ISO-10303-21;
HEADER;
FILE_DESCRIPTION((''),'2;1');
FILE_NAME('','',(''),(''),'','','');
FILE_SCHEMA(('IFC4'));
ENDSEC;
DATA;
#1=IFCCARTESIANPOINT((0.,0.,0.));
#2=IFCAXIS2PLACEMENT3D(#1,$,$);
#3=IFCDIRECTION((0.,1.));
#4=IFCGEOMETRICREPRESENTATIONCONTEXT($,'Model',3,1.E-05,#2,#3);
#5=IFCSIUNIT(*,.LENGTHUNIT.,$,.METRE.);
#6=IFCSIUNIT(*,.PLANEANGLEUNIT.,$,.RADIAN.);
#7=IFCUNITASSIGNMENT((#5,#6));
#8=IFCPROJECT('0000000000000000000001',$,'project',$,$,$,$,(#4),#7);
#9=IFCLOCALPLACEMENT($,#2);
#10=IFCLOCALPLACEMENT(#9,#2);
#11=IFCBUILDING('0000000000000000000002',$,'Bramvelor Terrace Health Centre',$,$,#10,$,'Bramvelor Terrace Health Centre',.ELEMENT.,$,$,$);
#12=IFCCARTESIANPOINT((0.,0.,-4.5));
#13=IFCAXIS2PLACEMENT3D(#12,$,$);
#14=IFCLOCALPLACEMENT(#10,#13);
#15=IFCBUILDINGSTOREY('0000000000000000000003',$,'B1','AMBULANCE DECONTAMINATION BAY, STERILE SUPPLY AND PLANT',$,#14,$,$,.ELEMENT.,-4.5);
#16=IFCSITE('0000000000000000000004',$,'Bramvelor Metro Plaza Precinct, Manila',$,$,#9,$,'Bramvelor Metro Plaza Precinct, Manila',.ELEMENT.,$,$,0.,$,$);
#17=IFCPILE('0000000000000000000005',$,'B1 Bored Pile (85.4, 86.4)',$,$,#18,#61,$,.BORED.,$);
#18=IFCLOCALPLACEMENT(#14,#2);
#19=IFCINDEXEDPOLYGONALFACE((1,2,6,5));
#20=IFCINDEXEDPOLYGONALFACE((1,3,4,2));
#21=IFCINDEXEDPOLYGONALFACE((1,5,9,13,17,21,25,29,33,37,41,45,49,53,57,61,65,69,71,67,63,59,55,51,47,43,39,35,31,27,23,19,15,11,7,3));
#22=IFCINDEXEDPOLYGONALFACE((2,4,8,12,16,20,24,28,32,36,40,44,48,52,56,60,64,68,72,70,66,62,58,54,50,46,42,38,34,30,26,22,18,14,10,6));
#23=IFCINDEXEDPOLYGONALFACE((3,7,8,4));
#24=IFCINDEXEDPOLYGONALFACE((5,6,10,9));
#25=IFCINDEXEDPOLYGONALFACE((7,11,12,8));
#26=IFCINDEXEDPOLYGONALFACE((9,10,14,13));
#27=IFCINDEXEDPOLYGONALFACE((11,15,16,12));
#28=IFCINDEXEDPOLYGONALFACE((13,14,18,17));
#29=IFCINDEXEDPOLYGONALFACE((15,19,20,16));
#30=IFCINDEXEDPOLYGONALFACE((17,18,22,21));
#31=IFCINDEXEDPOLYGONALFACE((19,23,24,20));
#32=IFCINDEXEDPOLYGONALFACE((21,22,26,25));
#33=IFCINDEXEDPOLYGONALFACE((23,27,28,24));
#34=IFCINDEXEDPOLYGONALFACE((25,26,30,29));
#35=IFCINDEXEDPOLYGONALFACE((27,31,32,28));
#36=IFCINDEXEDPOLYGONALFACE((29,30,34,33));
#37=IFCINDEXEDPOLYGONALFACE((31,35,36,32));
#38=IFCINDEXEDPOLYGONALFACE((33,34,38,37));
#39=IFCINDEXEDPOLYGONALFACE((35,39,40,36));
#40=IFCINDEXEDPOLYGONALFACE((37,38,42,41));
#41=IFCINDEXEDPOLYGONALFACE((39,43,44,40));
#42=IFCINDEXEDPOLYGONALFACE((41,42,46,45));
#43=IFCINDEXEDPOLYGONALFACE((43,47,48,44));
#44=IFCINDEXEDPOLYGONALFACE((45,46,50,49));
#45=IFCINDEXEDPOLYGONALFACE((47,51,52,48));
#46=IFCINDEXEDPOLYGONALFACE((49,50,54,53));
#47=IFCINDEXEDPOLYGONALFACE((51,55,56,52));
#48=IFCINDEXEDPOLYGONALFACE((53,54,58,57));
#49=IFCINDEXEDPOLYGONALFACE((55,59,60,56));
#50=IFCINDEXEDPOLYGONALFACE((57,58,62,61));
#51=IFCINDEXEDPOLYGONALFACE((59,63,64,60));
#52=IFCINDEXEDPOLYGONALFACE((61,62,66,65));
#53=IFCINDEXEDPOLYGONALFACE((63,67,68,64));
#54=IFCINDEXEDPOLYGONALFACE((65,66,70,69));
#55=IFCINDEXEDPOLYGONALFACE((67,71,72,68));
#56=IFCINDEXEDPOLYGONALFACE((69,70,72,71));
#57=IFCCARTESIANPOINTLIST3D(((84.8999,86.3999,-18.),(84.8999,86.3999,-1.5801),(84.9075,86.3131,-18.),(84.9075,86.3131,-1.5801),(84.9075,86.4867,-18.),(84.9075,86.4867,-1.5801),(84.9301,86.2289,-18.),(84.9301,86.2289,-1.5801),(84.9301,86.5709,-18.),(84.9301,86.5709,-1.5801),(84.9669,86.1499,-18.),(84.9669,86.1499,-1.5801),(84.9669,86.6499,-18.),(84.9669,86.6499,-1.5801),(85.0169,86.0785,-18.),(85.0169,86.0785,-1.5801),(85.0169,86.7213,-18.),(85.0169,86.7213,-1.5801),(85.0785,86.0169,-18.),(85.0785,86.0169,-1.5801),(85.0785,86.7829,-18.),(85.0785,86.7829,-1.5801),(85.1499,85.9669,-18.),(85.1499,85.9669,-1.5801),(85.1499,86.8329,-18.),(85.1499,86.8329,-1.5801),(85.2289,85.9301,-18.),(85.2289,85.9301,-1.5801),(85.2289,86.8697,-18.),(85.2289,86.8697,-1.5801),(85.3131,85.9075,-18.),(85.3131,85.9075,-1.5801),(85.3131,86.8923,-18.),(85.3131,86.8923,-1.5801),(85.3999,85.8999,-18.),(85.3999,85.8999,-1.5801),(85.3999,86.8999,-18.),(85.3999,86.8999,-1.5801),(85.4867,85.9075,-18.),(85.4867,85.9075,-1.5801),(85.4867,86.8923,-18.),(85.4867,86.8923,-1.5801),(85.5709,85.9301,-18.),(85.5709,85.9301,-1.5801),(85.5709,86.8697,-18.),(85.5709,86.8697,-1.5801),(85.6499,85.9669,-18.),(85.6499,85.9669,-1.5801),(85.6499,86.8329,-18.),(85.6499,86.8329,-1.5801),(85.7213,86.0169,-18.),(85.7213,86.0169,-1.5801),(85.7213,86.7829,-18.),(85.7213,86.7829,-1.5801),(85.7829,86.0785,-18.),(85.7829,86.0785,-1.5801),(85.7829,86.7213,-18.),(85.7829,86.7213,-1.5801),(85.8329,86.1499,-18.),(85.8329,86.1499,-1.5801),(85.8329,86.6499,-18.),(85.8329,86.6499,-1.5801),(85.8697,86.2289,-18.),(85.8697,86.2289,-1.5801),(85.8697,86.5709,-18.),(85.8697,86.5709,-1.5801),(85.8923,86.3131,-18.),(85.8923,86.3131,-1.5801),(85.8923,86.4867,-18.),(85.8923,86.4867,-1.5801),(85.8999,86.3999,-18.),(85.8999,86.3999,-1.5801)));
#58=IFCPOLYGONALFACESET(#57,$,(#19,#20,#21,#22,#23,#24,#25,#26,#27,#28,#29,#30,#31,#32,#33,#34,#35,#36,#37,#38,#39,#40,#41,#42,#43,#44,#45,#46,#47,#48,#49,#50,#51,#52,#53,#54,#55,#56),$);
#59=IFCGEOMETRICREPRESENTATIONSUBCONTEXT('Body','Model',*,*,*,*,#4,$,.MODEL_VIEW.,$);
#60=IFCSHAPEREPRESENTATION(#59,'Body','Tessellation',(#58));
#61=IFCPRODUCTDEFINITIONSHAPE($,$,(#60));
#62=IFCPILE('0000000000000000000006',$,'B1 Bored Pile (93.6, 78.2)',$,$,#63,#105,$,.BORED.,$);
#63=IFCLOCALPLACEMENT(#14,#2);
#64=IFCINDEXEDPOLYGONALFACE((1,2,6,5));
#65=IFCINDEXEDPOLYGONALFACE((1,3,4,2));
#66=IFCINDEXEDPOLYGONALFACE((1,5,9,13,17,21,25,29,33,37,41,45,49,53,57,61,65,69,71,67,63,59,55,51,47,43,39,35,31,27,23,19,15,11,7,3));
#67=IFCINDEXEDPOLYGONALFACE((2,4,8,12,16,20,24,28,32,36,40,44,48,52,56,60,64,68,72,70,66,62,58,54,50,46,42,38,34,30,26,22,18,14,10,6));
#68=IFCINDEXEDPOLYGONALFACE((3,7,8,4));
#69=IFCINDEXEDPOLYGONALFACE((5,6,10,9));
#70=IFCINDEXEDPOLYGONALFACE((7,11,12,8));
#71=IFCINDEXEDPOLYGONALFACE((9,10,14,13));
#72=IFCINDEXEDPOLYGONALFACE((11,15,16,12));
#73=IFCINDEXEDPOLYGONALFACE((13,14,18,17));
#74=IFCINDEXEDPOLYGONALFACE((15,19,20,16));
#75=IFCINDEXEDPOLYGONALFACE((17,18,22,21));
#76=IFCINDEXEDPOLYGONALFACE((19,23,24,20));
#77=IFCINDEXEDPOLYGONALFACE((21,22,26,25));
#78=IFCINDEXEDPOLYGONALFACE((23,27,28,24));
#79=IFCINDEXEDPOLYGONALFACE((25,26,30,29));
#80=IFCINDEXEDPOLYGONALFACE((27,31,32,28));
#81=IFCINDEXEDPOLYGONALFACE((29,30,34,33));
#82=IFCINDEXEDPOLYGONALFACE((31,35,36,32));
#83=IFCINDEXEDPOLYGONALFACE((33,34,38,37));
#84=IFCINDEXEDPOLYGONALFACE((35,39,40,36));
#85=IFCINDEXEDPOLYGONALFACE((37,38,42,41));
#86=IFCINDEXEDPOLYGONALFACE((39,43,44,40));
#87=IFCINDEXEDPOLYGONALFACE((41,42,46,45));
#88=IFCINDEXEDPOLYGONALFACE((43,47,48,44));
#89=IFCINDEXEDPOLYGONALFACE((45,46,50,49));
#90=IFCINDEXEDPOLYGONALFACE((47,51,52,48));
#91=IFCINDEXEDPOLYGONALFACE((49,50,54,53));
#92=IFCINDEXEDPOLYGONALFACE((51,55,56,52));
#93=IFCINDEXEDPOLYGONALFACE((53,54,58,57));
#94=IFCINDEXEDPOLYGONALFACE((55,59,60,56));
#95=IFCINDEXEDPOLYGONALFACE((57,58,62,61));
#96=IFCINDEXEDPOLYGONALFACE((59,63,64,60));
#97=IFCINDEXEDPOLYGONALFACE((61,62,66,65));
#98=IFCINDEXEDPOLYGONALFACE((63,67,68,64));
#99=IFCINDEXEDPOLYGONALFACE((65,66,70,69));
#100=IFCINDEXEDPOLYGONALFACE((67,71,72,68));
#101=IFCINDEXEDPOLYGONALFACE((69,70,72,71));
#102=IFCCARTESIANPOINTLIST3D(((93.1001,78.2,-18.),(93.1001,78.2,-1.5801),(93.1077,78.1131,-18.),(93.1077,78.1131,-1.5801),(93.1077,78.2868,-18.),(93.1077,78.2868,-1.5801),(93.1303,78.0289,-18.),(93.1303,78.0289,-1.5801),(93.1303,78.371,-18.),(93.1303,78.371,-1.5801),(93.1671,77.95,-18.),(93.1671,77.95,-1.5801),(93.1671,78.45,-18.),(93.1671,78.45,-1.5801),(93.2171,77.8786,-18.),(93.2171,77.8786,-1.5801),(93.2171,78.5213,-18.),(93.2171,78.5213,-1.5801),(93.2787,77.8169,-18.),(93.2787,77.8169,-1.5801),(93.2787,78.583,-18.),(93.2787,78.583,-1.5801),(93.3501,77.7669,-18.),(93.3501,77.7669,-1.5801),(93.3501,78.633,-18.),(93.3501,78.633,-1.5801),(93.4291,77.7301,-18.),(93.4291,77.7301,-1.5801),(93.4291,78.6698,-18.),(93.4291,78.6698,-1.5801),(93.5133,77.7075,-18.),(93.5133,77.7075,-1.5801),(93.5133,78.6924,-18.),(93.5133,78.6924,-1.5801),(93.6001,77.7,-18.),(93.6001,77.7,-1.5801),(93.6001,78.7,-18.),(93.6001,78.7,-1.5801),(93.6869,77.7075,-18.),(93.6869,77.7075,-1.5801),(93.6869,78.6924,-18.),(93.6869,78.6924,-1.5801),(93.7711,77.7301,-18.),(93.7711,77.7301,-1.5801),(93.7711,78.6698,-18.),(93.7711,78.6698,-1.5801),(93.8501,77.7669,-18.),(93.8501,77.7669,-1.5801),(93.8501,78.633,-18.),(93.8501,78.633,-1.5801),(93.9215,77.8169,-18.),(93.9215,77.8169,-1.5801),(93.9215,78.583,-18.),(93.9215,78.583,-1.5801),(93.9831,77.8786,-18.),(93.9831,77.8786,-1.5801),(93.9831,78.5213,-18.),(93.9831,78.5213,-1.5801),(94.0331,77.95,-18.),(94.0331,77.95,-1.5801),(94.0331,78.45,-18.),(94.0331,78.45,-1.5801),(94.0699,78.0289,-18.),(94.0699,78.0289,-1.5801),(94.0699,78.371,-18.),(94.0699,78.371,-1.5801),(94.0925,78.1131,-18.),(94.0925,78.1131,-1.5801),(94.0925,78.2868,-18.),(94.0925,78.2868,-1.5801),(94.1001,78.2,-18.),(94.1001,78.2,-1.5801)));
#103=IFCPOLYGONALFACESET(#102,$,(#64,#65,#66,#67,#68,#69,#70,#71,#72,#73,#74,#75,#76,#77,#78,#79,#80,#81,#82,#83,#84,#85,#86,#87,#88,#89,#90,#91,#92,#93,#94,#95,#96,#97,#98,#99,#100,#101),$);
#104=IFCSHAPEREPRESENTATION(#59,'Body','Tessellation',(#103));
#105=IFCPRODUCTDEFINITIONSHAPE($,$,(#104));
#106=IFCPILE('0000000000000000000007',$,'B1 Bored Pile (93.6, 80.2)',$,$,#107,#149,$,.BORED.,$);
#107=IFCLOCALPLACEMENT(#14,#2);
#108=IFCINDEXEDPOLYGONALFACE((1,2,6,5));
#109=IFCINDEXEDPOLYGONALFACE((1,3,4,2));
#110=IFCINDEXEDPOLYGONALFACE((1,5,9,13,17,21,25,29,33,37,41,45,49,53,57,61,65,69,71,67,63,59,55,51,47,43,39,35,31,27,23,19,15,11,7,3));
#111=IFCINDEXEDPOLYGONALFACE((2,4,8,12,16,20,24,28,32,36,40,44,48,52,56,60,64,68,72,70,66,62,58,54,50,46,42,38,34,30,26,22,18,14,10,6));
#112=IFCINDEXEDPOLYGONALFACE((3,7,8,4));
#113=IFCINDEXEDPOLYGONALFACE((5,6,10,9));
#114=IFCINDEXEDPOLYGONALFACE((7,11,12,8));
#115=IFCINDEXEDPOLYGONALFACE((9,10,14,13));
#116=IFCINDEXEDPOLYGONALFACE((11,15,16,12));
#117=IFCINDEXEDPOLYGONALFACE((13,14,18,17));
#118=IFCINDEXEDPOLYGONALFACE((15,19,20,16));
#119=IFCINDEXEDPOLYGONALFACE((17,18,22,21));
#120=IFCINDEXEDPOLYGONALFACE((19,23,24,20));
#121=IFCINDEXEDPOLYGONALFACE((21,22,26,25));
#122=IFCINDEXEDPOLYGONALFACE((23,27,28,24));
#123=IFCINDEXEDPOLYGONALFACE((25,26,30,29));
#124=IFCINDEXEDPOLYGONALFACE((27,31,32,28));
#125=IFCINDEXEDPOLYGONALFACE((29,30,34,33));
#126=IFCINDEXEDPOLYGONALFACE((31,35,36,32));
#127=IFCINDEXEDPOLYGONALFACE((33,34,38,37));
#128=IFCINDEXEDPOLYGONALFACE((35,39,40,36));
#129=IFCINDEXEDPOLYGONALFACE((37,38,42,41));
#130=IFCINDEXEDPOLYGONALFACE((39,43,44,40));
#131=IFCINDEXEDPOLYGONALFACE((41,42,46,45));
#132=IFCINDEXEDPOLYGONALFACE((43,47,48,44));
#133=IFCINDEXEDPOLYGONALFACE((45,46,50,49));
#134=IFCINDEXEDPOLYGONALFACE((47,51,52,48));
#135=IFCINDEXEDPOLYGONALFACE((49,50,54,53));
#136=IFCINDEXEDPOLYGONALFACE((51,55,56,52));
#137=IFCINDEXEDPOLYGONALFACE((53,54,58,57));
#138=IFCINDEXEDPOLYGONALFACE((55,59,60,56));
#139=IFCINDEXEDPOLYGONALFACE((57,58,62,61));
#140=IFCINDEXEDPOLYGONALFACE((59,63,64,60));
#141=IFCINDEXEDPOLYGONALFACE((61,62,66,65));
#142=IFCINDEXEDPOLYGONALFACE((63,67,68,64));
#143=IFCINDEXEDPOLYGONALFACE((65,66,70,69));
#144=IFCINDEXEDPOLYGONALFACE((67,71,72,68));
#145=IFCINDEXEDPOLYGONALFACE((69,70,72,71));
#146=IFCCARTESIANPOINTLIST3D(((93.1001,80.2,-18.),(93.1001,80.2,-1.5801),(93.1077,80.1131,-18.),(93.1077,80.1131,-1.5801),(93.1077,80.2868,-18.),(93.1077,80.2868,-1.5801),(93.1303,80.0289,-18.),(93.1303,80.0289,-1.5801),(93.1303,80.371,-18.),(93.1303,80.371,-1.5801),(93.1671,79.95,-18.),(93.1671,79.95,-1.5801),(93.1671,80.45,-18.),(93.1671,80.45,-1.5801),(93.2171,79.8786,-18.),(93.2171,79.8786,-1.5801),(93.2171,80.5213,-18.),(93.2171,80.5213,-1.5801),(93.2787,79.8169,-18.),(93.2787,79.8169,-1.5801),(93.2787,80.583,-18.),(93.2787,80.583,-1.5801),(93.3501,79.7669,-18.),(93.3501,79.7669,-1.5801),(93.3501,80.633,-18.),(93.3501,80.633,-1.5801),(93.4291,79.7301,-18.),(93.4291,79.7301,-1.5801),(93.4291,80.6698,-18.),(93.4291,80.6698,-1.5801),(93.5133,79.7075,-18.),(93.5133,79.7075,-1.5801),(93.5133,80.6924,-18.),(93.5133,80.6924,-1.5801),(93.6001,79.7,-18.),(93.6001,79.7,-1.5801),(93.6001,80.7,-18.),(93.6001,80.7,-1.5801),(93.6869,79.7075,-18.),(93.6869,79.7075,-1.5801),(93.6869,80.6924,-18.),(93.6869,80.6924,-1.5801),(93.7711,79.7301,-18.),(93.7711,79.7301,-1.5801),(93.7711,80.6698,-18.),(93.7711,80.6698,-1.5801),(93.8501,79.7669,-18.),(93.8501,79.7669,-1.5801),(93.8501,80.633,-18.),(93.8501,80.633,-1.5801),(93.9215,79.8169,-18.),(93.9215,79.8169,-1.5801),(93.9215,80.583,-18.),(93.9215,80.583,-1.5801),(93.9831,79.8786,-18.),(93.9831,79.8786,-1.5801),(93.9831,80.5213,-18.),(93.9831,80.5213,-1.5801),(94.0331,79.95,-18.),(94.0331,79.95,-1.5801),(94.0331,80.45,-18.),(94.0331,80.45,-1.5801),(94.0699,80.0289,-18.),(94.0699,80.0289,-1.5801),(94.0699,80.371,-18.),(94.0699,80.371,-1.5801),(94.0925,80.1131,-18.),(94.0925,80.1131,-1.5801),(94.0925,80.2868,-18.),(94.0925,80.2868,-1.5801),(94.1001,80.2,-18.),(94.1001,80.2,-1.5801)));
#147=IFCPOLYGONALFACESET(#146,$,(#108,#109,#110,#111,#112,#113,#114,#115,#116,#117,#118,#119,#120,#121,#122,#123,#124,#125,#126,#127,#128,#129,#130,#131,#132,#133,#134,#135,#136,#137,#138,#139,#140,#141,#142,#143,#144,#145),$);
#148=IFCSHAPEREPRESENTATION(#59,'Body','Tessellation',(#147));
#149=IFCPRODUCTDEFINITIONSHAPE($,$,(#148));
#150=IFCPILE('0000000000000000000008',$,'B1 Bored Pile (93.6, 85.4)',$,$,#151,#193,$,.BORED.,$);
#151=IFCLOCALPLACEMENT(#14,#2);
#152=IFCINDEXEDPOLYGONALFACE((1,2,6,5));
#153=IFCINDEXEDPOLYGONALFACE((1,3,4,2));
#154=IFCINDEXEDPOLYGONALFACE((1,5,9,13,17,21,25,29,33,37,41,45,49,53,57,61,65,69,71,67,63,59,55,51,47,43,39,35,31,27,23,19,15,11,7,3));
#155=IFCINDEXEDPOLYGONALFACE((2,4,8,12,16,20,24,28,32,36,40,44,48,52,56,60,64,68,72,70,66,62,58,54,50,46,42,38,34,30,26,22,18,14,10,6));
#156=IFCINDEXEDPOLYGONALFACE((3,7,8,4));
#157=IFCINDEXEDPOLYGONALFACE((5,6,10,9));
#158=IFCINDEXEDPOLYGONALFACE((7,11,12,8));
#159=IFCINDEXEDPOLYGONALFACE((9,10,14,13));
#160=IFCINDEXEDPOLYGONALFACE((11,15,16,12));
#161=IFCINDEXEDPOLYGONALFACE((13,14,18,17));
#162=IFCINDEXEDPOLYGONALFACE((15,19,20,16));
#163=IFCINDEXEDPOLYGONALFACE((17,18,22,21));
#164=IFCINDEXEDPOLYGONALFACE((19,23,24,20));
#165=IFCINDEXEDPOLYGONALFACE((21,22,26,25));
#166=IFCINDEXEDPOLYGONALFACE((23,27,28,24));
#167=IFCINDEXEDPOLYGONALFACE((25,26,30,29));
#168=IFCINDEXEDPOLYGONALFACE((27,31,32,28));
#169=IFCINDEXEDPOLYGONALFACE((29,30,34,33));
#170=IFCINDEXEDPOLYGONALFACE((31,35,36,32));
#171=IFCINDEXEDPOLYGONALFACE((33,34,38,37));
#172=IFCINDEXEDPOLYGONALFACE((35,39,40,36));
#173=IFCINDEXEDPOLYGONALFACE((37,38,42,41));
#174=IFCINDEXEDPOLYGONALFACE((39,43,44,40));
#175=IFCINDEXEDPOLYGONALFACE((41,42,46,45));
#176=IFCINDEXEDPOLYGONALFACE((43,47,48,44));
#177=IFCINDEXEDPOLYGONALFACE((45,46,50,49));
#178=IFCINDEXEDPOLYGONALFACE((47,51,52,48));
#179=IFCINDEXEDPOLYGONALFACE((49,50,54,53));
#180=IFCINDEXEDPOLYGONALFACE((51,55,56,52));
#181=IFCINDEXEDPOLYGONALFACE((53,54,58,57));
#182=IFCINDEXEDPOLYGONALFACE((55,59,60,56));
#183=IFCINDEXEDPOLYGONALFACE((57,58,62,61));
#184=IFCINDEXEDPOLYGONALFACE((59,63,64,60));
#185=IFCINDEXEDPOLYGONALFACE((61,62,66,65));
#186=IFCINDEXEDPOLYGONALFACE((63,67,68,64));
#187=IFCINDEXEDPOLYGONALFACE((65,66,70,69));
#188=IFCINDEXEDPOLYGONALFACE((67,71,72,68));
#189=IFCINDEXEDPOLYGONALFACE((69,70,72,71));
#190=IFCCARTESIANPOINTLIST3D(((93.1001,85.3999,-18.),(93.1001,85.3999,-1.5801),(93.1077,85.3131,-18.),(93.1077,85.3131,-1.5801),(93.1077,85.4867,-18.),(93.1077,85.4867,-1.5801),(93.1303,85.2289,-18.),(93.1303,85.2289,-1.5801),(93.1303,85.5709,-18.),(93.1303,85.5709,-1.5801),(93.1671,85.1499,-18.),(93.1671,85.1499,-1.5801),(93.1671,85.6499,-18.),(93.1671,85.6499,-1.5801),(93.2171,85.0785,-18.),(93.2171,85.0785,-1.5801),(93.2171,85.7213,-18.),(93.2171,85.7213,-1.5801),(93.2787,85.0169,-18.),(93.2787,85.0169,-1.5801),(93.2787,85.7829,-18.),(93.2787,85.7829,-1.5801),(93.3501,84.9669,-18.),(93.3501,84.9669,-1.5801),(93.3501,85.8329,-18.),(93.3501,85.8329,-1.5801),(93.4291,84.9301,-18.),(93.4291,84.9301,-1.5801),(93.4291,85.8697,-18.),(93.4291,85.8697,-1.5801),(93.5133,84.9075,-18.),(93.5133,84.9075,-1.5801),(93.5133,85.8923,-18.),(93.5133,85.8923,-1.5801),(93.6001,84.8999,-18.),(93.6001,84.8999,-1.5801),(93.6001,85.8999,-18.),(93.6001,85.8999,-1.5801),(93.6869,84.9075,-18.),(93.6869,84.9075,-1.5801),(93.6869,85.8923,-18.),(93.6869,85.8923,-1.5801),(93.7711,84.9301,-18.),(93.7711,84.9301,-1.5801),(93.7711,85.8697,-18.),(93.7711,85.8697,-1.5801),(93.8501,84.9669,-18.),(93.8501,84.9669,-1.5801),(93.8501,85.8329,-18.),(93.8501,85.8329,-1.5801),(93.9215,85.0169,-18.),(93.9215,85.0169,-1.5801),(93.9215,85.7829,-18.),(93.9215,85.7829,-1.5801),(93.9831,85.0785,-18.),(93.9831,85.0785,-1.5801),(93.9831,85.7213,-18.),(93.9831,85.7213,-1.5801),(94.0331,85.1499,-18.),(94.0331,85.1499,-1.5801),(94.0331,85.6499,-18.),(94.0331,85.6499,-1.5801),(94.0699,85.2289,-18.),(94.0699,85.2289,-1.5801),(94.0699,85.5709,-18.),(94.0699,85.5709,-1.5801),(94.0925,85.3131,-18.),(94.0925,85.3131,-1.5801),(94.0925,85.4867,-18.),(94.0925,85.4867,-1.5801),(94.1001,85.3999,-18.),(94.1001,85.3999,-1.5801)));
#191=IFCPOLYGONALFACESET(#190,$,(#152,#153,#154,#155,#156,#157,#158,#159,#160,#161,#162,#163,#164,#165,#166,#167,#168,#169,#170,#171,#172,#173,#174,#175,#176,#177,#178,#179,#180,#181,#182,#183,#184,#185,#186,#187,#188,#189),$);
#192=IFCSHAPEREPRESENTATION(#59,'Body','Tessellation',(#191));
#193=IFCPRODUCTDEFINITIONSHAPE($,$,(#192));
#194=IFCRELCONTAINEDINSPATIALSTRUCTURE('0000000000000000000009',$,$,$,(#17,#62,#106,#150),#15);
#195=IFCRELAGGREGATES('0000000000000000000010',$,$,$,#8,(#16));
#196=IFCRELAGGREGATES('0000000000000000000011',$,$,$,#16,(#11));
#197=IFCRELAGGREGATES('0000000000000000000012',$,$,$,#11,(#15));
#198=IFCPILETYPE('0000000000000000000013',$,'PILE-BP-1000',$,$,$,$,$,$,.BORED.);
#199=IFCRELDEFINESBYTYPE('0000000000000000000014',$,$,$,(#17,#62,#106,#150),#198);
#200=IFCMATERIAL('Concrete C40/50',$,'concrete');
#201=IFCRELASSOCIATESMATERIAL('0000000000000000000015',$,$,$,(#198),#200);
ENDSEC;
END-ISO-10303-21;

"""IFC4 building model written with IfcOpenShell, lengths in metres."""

from ifc_helpers import new_model, si_unit, direction, frame, origin, origin_2d, place, context, subcontext, project, spatial, circle, extrude, material, material_profile, profile_set, type_object, element, save


model = new_model("IFC4")

# Units and contexts
model_context = context("Model", 3, precision=1e-05, world=origin(), true_north=direction((0.0, 1.0)))
body_context = subcontext(model_context, "Body", "Model", "MODEL_VIEW")
ifc_project = project(units=[si_unit("LENGTHUNIT", "METRE"), si_unit("PLANEANGLEUNIT", "RADIAN")], contexts=[model_context])

# Site, building, storey
site_placement = place(None, origin())
site = spatial("IfcSite", under=ifc_project, at=site_placement, Name="Bramvelor Metro Plaza Precinct, Manila", LongName="Bramvelor Metro Plaza Precinct, Manila", CompositionType="ELEMENT", RefElevation=0.0)
building_placement = place(site_placement, origin())
building = spatial("IfcBuilding", under=site, at=building_placement, Name="Bramvelor Terrace Health Centre", LongName="Bramvelor Terrace Health Centre", CompositionType="ELEMENT")
storey_placement = place(building_placement, frame((0.0, 0.0, -4.5)))
storey = spatial("IfcBuildingStorey", under=building, at=storey_placement, Name="B1", Description="AMBULANCE DECONTAMINATION BAY, STERILE SUPPLY AND PLANT", CompositionType="ELEMENT", Elevation=-4.5)

# Piles
ifc_material_1 = material(Name="Concrete C40/50", Category="concrete")
ifc_material_profile_1 = material_profile(ifc_material_1, circle(Radius=0.5, at=origin_2d()), Name="BP D1000")
ifc_profile_set_1 = profile_set([ifc_material_profile_1], Name="Concrete C40/50")
pile_type_1 = type_object("IfcPileType", Name="PILE-BP-1000", PredefinedType="BORED", material=ifc_profile_set_1)
for number, where, z_axis, x_axis, name in (
    (1, (85.3999, 86.3999, -1.5801), (0.0, 0.0, -1.0), (1.0, 0.0, 0.0), "B1 Bored Pile (85.4, 86.4)"),
    (2, (93.6001, 78.2, -1.5801), (0.0, 0.0, -1.0), (1.0, 0.0, 0.0), "B1 Bored Pile (93.6, 78.2)"),
    (3, (93.6001, 80.2, -1.5801), (0.0, 0.0, -1.0), (1.0, 0.0, 0.0), "B1 Bored Pile (93.6, 80.2)"),
    (4, (93.6001, 85.3999, -1.5801), (0.0, 0.0, -1.0), (1.0, 0.0, 0.0), "B1 Bored Pile (93.6, 85.4)"),
):
    element("IfcPile", number, at=place(storey_placement, frame(where, z_axis=z_axis, x_axis=x_axis)), inside=storey, type_object=pile_type_1, Name=name, PredefinedType="BORED", context=body_context, shape_type="SweptSolid", body=[
        extrude(circle(Radius=0.5, at=origin_2d()), origin(), (0.0, 0.0, 1.0), 16.4199),
    ])

save(model, "model.ifc")
